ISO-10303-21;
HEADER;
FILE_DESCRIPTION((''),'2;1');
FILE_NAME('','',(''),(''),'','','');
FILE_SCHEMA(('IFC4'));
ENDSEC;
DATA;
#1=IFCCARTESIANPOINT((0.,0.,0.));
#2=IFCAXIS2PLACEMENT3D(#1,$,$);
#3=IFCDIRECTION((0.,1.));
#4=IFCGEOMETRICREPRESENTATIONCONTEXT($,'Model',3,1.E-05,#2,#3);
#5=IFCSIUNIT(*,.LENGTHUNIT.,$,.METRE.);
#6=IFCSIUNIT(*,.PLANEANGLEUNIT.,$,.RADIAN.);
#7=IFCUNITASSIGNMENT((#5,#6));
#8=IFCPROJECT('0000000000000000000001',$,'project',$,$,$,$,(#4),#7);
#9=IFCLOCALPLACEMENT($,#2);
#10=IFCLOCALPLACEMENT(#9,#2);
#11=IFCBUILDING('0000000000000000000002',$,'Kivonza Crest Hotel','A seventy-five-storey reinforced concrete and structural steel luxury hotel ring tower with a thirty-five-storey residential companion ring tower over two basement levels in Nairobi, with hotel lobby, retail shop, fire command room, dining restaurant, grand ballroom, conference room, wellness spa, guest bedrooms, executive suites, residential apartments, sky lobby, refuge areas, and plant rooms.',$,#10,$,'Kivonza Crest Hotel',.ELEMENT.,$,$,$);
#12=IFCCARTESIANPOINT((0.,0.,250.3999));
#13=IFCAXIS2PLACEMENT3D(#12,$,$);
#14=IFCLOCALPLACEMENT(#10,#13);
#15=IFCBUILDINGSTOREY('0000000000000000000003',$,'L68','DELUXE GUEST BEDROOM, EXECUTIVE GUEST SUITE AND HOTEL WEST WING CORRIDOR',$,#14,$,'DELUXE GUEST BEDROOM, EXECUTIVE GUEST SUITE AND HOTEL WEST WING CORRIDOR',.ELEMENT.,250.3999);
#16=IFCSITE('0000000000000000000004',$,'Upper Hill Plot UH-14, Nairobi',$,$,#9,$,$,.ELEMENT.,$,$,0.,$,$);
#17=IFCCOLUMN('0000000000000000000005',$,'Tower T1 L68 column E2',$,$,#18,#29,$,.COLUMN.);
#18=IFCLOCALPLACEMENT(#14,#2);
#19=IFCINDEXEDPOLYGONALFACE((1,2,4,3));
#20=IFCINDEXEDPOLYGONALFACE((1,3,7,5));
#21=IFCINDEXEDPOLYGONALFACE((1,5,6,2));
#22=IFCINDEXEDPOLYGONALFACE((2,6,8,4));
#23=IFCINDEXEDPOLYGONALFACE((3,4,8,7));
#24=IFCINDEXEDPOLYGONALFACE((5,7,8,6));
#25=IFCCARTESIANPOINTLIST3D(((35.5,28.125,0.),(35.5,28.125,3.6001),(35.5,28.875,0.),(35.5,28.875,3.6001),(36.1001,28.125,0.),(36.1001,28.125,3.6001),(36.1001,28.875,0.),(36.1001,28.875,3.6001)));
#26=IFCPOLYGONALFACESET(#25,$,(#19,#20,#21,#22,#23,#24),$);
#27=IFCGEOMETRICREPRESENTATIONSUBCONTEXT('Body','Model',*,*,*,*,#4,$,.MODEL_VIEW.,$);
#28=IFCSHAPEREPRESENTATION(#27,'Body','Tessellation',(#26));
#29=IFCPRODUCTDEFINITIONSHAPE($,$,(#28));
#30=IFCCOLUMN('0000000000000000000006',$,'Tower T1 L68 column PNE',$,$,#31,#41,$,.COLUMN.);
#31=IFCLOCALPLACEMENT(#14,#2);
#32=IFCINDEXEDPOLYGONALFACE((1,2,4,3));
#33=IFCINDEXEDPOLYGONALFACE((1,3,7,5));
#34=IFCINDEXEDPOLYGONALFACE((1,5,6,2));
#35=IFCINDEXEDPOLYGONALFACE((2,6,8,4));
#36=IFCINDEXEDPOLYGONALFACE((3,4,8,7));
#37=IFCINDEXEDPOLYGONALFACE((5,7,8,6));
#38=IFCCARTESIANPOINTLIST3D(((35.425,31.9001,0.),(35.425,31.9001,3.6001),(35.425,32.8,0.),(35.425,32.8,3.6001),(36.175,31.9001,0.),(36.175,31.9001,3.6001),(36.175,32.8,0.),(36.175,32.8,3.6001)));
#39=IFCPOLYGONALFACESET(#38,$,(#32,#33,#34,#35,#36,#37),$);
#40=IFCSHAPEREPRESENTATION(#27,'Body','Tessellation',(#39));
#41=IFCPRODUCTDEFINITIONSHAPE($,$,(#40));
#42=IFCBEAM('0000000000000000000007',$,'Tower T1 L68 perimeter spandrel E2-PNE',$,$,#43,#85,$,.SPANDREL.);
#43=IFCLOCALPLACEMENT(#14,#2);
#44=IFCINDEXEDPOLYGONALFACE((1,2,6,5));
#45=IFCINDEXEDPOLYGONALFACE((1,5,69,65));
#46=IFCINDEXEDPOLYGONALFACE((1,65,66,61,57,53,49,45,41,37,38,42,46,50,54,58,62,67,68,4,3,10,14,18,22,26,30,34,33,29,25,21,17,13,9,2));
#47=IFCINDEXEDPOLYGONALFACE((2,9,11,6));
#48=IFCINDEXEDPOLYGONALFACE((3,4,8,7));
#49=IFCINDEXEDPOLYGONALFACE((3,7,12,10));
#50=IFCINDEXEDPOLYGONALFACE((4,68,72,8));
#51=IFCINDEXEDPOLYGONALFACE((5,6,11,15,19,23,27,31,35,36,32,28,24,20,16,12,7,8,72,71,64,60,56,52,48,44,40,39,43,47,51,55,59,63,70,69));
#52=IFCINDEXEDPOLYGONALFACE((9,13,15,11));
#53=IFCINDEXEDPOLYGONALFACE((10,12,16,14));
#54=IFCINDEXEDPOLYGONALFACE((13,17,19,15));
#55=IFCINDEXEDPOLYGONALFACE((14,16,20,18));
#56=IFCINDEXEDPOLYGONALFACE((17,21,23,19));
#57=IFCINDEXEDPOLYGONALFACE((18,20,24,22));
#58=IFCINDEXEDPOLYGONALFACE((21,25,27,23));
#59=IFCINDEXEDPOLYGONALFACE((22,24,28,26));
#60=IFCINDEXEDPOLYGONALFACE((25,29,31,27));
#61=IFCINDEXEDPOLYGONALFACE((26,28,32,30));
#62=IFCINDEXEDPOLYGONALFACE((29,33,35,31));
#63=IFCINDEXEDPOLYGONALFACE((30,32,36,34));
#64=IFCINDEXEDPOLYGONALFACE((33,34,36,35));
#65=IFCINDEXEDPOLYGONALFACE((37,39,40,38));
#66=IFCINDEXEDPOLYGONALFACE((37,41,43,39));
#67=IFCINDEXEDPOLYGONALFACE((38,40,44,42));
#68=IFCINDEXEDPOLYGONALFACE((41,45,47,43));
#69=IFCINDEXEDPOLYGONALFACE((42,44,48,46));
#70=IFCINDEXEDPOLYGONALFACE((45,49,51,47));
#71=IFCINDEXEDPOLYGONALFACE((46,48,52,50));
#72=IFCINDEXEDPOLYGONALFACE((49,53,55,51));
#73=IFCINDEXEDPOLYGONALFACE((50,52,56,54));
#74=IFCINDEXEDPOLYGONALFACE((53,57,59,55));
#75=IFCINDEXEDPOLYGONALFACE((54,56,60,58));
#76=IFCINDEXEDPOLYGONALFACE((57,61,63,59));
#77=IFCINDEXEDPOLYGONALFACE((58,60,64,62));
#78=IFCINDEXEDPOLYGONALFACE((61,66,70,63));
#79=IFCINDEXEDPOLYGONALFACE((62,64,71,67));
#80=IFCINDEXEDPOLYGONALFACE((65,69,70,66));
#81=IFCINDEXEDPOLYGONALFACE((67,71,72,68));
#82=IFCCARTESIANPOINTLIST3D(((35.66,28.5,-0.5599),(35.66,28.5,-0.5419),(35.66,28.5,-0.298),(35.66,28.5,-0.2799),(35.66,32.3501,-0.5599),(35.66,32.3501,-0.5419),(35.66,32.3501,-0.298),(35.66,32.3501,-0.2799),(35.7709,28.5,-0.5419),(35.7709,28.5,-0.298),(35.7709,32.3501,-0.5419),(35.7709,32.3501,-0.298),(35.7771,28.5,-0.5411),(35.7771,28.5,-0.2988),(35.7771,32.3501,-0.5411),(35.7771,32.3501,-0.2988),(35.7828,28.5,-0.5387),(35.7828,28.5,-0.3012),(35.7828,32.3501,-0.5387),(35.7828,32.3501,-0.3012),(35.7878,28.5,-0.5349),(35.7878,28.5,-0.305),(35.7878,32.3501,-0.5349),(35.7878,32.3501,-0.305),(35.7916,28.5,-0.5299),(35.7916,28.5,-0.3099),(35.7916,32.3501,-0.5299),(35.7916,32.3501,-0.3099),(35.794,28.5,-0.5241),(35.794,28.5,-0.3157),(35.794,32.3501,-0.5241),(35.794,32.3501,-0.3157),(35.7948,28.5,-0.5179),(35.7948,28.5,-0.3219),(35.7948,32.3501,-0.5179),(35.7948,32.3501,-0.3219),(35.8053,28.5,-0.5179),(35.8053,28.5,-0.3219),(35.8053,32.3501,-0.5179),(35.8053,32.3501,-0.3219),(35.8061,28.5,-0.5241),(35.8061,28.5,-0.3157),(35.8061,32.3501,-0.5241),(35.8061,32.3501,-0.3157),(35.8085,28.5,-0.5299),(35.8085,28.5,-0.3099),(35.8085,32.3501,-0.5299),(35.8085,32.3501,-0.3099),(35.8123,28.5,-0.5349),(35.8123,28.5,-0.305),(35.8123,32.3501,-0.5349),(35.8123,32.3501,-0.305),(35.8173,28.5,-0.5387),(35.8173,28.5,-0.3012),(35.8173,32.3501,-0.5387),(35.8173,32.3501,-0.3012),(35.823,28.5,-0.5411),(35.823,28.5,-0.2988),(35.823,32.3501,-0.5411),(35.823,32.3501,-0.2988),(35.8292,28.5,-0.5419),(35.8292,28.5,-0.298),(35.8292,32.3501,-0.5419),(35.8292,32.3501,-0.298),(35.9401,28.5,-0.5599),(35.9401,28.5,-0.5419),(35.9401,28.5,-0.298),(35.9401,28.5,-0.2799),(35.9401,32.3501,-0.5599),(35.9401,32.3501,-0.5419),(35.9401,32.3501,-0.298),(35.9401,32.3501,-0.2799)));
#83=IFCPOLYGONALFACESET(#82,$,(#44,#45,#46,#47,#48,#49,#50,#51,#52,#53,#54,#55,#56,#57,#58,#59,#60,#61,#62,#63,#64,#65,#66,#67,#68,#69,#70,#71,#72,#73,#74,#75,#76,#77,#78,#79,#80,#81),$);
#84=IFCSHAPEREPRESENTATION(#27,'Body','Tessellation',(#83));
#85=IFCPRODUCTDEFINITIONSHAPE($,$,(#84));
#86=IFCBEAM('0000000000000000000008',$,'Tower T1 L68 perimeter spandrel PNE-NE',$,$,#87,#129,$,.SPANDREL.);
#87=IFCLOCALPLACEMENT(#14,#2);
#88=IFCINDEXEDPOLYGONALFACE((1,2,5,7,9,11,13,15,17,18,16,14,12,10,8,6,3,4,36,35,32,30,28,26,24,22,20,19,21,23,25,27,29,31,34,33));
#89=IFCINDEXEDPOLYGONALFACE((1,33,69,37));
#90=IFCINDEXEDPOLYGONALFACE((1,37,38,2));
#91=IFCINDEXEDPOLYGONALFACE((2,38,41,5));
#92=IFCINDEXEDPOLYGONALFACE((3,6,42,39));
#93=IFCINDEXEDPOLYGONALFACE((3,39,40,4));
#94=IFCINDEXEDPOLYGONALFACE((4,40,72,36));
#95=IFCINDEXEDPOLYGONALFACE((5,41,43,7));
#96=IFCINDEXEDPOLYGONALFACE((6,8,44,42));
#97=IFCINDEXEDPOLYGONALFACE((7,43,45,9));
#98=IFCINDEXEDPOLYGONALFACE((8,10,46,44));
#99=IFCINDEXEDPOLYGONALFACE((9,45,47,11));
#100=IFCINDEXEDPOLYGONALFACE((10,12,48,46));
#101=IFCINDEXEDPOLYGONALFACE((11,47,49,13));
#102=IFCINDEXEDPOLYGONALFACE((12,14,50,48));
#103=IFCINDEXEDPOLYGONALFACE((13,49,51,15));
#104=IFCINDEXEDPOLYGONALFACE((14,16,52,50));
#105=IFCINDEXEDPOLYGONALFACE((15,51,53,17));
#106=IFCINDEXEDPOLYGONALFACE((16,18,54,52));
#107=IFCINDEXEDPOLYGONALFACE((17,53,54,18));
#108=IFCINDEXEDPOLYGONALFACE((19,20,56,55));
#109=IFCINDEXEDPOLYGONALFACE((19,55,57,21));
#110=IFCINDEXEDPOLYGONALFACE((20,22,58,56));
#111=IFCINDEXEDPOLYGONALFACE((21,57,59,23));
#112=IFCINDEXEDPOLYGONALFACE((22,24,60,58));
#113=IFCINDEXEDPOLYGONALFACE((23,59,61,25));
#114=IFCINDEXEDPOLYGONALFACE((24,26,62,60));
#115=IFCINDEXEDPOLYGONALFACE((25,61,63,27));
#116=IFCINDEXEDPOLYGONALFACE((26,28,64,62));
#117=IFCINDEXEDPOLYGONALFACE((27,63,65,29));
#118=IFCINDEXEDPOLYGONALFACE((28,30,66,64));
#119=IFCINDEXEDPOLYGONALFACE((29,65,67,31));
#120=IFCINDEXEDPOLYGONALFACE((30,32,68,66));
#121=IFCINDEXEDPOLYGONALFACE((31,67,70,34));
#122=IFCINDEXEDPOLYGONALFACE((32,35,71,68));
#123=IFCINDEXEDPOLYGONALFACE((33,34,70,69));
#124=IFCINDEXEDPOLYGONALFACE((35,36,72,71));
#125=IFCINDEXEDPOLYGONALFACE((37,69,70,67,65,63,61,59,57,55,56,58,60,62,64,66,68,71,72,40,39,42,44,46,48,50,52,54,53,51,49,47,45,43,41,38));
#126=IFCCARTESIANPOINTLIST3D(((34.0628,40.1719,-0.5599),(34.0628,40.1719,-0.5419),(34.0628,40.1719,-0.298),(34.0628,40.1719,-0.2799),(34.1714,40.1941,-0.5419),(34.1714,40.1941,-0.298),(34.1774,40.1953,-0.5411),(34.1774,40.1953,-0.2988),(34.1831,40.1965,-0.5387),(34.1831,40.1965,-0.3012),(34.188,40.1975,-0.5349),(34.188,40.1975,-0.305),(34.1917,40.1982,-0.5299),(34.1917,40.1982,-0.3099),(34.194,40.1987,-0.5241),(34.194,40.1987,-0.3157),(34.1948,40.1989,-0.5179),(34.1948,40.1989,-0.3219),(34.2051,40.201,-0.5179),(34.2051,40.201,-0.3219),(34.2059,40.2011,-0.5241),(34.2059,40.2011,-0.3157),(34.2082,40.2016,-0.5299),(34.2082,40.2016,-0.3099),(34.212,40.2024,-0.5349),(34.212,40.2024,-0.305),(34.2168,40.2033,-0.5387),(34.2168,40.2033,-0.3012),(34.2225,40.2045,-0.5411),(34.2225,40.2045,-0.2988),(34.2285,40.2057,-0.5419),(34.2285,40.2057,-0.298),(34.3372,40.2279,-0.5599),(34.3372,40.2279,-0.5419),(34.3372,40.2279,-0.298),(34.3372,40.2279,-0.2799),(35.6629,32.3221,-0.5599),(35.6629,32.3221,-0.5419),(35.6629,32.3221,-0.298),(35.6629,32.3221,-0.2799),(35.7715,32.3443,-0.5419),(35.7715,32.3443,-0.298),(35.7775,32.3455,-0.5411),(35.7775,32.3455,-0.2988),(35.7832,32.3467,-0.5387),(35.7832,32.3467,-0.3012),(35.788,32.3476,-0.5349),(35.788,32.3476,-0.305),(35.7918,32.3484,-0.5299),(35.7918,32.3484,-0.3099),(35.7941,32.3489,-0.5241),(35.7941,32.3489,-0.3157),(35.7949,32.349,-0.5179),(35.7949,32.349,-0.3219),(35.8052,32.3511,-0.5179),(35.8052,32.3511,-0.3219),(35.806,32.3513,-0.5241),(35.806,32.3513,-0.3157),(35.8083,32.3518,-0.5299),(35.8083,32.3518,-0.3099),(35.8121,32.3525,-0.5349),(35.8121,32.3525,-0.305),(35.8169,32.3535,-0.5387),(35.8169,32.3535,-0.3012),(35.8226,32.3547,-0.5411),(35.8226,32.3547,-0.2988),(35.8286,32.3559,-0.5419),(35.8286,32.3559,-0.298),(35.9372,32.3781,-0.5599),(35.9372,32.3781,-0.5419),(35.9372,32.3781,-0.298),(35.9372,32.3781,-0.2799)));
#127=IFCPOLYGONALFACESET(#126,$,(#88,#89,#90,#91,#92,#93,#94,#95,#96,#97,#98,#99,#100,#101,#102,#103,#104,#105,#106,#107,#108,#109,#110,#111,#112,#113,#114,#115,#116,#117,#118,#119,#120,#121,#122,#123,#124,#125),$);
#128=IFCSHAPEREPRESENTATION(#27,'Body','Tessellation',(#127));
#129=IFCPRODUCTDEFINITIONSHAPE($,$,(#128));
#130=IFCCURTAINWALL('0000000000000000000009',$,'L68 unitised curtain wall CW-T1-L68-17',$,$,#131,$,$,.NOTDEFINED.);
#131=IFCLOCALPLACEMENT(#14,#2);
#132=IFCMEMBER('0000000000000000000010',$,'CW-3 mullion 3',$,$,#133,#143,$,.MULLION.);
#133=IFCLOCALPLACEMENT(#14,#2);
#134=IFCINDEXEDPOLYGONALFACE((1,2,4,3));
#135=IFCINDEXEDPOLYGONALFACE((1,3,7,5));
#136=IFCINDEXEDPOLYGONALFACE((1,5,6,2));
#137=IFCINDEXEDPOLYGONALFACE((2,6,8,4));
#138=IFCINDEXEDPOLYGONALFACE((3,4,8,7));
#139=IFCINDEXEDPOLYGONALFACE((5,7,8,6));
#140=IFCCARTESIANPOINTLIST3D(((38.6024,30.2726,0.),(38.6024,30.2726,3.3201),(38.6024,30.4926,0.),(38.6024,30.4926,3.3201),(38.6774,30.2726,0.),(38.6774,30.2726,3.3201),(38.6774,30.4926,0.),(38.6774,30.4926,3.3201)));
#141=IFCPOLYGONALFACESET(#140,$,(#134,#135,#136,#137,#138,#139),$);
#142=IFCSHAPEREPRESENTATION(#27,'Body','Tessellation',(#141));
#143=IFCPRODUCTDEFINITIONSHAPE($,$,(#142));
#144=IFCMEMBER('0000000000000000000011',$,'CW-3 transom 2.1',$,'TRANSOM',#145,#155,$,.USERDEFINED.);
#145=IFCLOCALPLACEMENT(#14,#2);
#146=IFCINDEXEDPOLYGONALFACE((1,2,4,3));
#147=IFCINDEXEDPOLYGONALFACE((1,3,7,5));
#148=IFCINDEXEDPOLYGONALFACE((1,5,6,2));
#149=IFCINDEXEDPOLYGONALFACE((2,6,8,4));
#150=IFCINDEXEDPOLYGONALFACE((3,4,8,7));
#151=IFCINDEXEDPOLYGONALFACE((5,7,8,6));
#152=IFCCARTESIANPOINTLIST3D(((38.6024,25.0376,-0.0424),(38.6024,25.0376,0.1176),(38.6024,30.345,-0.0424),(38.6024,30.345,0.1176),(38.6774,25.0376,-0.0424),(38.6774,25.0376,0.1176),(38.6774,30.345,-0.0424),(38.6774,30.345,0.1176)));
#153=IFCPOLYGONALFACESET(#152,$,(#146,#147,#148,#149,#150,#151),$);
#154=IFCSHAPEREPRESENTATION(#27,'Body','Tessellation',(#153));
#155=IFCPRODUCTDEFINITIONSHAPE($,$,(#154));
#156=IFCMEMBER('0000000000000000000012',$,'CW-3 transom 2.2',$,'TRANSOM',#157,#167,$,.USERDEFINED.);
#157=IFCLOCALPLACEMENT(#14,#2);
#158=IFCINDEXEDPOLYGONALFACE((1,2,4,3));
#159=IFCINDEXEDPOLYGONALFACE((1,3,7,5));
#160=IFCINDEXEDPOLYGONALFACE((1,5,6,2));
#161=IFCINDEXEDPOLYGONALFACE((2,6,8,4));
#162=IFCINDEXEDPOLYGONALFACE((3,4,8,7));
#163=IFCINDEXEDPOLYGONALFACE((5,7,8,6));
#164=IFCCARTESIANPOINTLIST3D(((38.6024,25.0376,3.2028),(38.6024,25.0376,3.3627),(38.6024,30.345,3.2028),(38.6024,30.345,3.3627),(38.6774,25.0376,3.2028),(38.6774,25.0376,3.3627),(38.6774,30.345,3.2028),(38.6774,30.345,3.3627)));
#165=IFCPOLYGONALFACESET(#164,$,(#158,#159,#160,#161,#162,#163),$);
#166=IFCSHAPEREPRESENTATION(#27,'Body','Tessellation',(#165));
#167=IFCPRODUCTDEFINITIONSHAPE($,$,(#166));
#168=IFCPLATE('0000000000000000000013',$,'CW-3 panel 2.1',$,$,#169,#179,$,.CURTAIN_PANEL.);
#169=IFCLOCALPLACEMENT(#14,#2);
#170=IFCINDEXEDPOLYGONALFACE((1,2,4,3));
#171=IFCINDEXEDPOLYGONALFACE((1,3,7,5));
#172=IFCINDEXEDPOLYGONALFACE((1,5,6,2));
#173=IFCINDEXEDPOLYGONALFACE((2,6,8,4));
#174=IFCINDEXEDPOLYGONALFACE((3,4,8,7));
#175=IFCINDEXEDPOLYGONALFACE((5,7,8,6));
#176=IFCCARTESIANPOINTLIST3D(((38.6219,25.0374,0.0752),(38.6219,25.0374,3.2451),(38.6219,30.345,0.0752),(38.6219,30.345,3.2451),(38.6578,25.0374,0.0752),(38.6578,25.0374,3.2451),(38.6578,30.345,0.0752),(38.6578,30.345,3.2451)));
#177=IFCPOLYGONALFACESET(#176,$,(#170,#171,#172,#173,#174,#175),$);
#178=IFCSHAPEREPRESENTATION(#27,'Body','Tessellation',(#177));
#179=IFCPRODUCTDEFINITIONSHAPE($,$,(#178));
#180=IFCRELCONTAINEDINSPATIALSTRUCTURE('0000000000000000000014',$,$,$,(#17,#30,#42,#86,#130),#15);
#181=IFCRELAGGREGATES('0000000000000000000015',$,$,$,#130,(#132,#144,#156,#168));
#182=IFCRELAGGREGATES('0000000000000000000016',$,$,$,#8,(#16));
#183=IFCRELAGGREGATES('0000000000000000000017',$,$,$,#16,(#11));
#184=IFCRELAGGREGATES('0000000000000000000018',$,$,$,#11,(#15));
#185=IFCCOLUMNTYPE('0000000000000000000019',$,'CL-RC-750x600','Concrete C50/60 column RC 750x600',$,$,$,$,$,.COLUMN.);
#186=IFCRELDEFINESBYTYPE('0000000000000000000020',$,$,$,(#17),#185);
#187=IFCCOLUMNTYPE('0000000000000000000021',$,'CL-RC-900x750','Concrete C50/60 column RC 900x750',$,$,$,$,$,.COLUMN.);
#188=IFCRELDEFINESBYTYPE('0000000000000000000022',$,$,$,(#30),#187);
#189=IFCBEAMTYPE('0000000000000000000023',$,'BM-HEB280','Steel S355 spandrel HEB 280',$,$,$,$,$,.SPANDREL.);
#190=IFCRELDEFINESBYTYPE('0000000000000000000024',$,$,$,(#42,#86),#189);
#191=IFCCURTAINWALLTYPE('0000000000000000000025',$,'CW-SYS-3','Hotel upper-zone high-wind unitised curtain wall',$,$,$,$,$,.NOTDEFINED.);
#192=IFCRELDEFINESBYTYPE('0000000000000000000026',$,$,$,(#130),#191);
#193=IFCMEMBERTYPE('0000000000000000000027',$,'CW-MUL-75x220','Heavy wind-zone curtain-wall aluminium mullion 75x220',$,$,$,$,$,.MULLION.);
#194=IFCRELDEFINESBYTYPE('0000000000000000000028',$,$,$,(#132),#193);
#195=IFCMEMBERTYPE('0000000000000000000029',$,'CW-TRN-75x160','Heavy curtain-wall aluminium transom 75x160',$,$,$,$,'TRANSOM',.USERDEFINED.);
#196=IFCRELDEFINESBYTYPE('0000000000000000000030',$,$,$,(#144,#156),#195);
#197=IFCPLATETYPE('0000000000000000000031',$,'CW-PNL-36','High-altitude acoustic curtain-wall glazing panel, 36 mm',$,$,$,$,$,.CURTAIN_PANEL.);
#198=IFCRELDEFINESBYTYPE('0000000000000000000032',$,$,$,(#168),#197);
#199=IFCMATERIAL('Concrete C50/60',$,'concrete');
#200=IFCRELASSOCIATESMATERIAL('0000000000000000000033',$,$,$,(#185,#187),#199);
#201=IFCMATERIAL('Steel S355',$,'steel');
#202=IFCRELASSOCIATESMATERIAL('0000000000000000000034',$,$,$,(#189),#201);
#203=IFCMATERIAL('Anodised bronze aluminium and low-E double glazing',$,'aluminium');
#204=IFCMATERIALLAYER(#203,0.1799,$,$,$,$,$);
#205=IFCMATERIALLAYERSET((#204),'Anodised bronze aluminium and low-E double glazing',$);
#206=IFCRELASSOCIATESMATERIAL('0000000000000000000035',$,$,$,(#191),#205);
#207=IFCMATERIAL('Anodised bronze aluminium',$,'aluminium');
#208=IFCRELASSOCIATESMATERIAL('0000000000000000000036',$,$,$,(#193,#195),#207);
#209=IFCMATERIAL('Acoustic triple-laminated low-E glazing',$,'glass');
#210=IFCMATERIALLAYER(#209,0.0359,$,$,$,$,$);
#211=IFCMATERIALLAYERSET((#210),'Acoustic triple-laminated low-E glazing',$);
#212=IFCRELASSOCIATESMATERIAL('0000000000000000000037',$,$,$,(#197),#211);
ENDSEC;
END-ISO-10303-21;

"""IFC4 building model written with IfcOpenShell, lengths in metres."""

from ifc_helpers import new_model, si_unit, direction, frame, origin, origin_2d, place, context, subcontext, project, spatial, rectangle, i_section, extrude, material, layer, layer_set, material_profile, profile_set, type_object, element, aggregate, save


model = new_model("IFC4")

# Units and contexts
model_context = context("Model", 3, precision=1e-05, world=origin(), true_north=direction((0.0, 1.0)))
body_context = subcontext(model_context, "Body", "Model", "MODEL_VIEW")
ifc_project = project(units=[si_unit("LENGTHUNIT", "METRE"), si_unit("PLANEANGLEUNIT", "RADIAN")], contexts=[model_context])

# Site, building, storey
site_placement = place(None, origin())
site = spatial("IfcSite", under=ifc_project, at=site_placement, Name="Upper Hill Plot UH-14, Nairobi", CompositionType="ELEMENT", RefElevation=0.0)
building_placement = place(site_placement, origin())
building = spatial("IfcBuilding", under=site, at=building_placement, Name="Kivonza Crest Hotel", Description="A seventy-five-storey reinforced concrete and structural steel luxury hotel ring tower with a thirty-five-storey residential companion ring tower over two basement levels in Nairobi, with hotel lobby, retail shop, fire command room, dining restaurant, grand ballroom, conference room, wellness spa, guest bedrooms, executive suites, residential apartments, sky lobby, refuge areas, and plant rooms.", LongName="Kivonza Crest Hotel", CompositionType="ELEMENT")
storey_placement = place(building_placement, frame((0.0, 0.0, 250.3999)))
storey = spatial("IfcBuildingStorey", under=building, at=storey_placement, Name="L68", Description="DELUXE GUEST BEDROOM, EXECUTIVE GUEST SUITE AND HOTEL WEST WING CORRIDOR", LongName="DELUXE GUEST BEDROOM, EXECUTIVE GUEST SUITE AND HOTEL WEST WING CORRIDOR", CompositionType="ELEMENT", Elevation=250.3999)

# Columns
ifc_material_1 = material(Name="Concrete C50/60", Category="concrete")
ifc_material_profile_1 = material_profile(ifc_material_1, rectangle(XDim=0.6001, YDim=0.75, at=origin_2d()), Name="RC 750x600")
ifc_profile_set_1 = profile_set([ifc_material_profile_1], Name="Concrete C50/60")
column_type_1 = type_object("IfcColumnType", Name="CL-RC-750x600", Description="Concrete C50/60 column RC 750x600", PredefinedType="COLUMN", material=ifc_profile_set_1)
column_1_placement = place(storey_placement, frame((35.8, 28.5, 0.0), z_axis=(0.0, 0.0, 1.0), x_axis=(1.0, 0.0, 0.0)))
element("IfcColumn", 1, at=column_1_placement, inside=storey, type_object=column_type_1, Name="Tower T1 L68 column E2", PredefinedType="COLUMN", context=body_context, shape_type="SweptSolid", body=[
    extrude(rectangle(XDim=0.6001, YDim=0.75, at=origin_2d()), origin(), (0.0, 0.0, 1.0), 3.6001),
])
ifc_material_profile_2 = material_profile(ifc_material_1, rectangle(XDim=0.75, YDim=0.8999, at=origin_2d()), Name="RC 900x750")
ifc_profile_set_2 = profile_set([ifc_material_profile_2], Name="Concrete C50/60")
column_type_2 = type_object("IfcColumnType", Name="CL-RC-900x750", Description="Concrete C50/60 column RC 900x750", PredefinedType="COLUMN", material=ifc_profile_set_2)
column_2_placement = place(storey_placement, frame((35.8, 32.3501, 0.0), z_axis=(0.0, 0.0, 1.0), x_axis=(1.0, 0.0, 0.0)))
element("IfcColumn", 2, at=column_2_placement, inside=storey, type_object=column_type_2, Name="Tower T1 L68 column PNE", PredefinedType="COLUMN", context=body_context, shape_type="SweptSolid", body=[
    extrude(rectangle(XDim=0.75, YDim=0.8999, at=origin_2d()), origin(), (0.0, 0.0, 1.0), 3.6001),
])

# Beams
ifc_material_2 = material(Name="Steel S355", Category="steel")
ifc_material_profile_3 = material_profile(ifc_material_2, i_section(OverallWidth=0.28, OverallDepth=0.28, WebThickness=0.0105, FlangeThickness=0.0181, FilletRadius=0.0239, at=origin_2d()), Name="HEB 280")
ifc_profile_set_3 = profile_set([ifc_material_profile_3], Name="Steel S355")
beam_type = type_object("IfcBeamType", Name="BM-HEB280", Description="Steel S355 spandrel HEB 280", PredefinedType="SPANDREL", material=ifc_profile_set_3)
beam_1_placement = place(storey_placement, frame((35.8, 28.5, -0.4199), z_axis=(0.0, 1.0, 0.0), x_axis=(-1.0, 0.0, 0.0)))
element("IfcBeam", 3, at=beam_1_placement, inside=storey, type_object=beam_type, Name="Tower T1 L68 perimeter spandrel E2-PNE", PredefinedType="SPANDREL", context=body_context, shape_type="SweptSolid", body=[
    extrude(i_section(OverallWidth=0.28, OverallDepth=0.28, WebThickness=0.0105, FlangeThickness=0.0181, FilletRadius=0.0239, at=origin_2d()), origin(), (0.0, 0.0, 1.0), 3.8501),
])
beam_2_placement = place(storey_placement, frame((35.8, 32.3501, -0.4199), z_axis=(-0.199731, 0.979851, 0.0), x_axis=(-0.979851, -0.199731, 0.0)))
element("IfcBeam", 4, at=beam_2_placement, inside=storey, type_object=beam_type, Name="Tower T1 L68 perimeter spandrel PNE-NE", PredefinedType="SPANDREL", context=body_context, shape_type="SweptSolid", body=[
    extrude(i_section(OverallWidth=0.28, OverallDepth=0.28, WebThickness=0.0105, FlangeThickness=0.0181, FilletRadius=0.0239, at=origin_2d()), origin(), (0.0, 0.0, 1.0), 8.0112),
])

# Curtain wall, members, plate
ifc_material_3 = material(Name="Anodised bronze aluminium and low-E double glazing", Category="aluminium")
ifc_layer_1 = layer(ifc_material_3, 0.1799)
ifc_layer_set_1 = layer_set([ifc_layer_1], Name="Anodised bronze aluminium and low-E double glazing")
curtain_wall_type = type_object("IfcCurtainWallType", Name="CW-SYS-3", Description="Hotel upper-zone high-wind unitised curtain wall", PredefinedType="NOTDEFINED", material=ifc_layer_set_1)
curtain_wall_placement = place(storey_placement, origin())
curtain_wall = element("IfcCurtainWall", 5, at=curtain_wall_placement, inside=storey, type_object=curtain_wall_type, Name="L68 unitised curtain wall CW-T1-L68-17", PredefinedType="NOTDEFINED")
ifc_material_4 = material(Name="Anodised bronze aluminium", Category="aluminium")
ifc_material_profile_4 = material_profile(ifc_material_4, rectangle(XDim=0.075, YDim=0.22, at=origin_2d()), Name="CW-M 75x220")
ifc_profile_set_4 = profile_set([ifc_material_profile_4], Name="Anodised bronze aluminium")
member_type_1 = type_object("IfcMemberType", Name="CW-MUL-75x220", Description="Heavy wind-zone curtain-wall aluminium mullion 75x220", PredefinedType="MULLION", material=ifc_profile_set_4)
member_1_placement = place(storey_placement, frame((38.6399, 30.3826, 0.0), z_axis=(0.0, 0.0, 1.0), x_axis=(-1.0, 0.0, 0.0)))
member_1 = element("IfcMember", 6, at=member_1_placement, type_object=member_type_1, Name="CW-3 mullion 3", PredefinedType="MULLION", context=body_context, shape_type="SweptSolid", body=[
    extrude(rectangle(XDim=0.075, YDim=0.22, at=origin_2d()), origin(), (0.0, 0.0, 1.0), 3.3201),
])
ifc_material_profile_5 = material_profile(ifc_material_4, rectangle(XDim=0.075, YDim=0.1599, at=origin_2d()), Name="CW-T 75x160")
ifc_profile_set_5 = profile_set([ifc_material_profile_5], Name="Anodised bronze aluminium")
member_type_2 = type_object("IfcMemberType", Name="CW-TRN-75x160", Description="Heavy curtain-wall aluminium transom 75x160", ElementType="TRANSOM", PredefinedType="USERDEFINED", material=ifc_profile_set_5)
member_2_placement = place(storey_placement, frame((38.6399, 25.0376, 0.0376), z_axis=(0.0, 1.0, 0.0), x_axis=(-1.0, 0.0, 0.0)))
member_2 = element("IfcMember", 7, at=member_2_placement, type_object=member_type_2, Name="CW-3 transom 2.1", ObjectType="TRANSOM", PredefinedType="USERDEFINED", context=body_context, shape_type="SweptSolid", body=[
    extrude(rectangle(XDim=0.075, YDim=0.1599, at=origin_2d()), origin(), (0.0, 0.0, 1.0), 5.3074),
])
member_3_placement = place(storey_placement, frame((38.6399, 25.0376, 3.2827), z_axis=(0.0, 1.0, 0.0), x_axis=(-1.0, 0.0, 0.0)))
member_3 = element("IfcMember", 8, at=member_3_placement, type_object=member_type_2, Name="CW-3 transom 2.2", ObjectType="TRANSOM", PredefinedType="USERDEFINED", context=body_context, shape_type="SweptSolid", body=[
    extrude(rectangle(XDim=0.075, YDim=0.1599, at=origin_2d()), origin(), (0.0, 0.0, 1.0), 5.3074),
])
ifc_material_5 = material(Name="Acoustic triple-laminated low-E glazing", Category="glass")
ifc_layer_2 = layer(ifc_material_5, 0.0359)
ifc_layer_set_2 = layer_set([ifc_layer_2], Name="Acoustic triple-laminated low-E glazing")
plate_type = type_object("IfcPlateType", Name="CW-PNL-36", Description="High-altitude acoustic curtain-wall glazing panel, 36 mm", PredefinedType="CURTAIN_PANEL", material=ifc_layer_set_2)
plate_placement = place(storey_placement, frame((38.6399, 27.6912, 0.0752), z_axis=(0.0, 0.0, 1.0), x_axis=(0.0, 1.0, 0.0)))
plate = element("IfcPlate", 9, at=plate_placement, type_object=plate_type, Name="CW-3 panel 2.1", PredefinedType="CURTAIN_PANEL", context=body_context, shape_type="SweptSolid", body=[
    extrude(rectangle(XDim=5.3076, YDim=0.0359, at=origin_2d()), origin(), (0.0, 0.0, 1.0), 3.1699),
])
aggregate(curtain_wall, [member_1, member_2, member_3, plate])

save(model, "model.ifc")
